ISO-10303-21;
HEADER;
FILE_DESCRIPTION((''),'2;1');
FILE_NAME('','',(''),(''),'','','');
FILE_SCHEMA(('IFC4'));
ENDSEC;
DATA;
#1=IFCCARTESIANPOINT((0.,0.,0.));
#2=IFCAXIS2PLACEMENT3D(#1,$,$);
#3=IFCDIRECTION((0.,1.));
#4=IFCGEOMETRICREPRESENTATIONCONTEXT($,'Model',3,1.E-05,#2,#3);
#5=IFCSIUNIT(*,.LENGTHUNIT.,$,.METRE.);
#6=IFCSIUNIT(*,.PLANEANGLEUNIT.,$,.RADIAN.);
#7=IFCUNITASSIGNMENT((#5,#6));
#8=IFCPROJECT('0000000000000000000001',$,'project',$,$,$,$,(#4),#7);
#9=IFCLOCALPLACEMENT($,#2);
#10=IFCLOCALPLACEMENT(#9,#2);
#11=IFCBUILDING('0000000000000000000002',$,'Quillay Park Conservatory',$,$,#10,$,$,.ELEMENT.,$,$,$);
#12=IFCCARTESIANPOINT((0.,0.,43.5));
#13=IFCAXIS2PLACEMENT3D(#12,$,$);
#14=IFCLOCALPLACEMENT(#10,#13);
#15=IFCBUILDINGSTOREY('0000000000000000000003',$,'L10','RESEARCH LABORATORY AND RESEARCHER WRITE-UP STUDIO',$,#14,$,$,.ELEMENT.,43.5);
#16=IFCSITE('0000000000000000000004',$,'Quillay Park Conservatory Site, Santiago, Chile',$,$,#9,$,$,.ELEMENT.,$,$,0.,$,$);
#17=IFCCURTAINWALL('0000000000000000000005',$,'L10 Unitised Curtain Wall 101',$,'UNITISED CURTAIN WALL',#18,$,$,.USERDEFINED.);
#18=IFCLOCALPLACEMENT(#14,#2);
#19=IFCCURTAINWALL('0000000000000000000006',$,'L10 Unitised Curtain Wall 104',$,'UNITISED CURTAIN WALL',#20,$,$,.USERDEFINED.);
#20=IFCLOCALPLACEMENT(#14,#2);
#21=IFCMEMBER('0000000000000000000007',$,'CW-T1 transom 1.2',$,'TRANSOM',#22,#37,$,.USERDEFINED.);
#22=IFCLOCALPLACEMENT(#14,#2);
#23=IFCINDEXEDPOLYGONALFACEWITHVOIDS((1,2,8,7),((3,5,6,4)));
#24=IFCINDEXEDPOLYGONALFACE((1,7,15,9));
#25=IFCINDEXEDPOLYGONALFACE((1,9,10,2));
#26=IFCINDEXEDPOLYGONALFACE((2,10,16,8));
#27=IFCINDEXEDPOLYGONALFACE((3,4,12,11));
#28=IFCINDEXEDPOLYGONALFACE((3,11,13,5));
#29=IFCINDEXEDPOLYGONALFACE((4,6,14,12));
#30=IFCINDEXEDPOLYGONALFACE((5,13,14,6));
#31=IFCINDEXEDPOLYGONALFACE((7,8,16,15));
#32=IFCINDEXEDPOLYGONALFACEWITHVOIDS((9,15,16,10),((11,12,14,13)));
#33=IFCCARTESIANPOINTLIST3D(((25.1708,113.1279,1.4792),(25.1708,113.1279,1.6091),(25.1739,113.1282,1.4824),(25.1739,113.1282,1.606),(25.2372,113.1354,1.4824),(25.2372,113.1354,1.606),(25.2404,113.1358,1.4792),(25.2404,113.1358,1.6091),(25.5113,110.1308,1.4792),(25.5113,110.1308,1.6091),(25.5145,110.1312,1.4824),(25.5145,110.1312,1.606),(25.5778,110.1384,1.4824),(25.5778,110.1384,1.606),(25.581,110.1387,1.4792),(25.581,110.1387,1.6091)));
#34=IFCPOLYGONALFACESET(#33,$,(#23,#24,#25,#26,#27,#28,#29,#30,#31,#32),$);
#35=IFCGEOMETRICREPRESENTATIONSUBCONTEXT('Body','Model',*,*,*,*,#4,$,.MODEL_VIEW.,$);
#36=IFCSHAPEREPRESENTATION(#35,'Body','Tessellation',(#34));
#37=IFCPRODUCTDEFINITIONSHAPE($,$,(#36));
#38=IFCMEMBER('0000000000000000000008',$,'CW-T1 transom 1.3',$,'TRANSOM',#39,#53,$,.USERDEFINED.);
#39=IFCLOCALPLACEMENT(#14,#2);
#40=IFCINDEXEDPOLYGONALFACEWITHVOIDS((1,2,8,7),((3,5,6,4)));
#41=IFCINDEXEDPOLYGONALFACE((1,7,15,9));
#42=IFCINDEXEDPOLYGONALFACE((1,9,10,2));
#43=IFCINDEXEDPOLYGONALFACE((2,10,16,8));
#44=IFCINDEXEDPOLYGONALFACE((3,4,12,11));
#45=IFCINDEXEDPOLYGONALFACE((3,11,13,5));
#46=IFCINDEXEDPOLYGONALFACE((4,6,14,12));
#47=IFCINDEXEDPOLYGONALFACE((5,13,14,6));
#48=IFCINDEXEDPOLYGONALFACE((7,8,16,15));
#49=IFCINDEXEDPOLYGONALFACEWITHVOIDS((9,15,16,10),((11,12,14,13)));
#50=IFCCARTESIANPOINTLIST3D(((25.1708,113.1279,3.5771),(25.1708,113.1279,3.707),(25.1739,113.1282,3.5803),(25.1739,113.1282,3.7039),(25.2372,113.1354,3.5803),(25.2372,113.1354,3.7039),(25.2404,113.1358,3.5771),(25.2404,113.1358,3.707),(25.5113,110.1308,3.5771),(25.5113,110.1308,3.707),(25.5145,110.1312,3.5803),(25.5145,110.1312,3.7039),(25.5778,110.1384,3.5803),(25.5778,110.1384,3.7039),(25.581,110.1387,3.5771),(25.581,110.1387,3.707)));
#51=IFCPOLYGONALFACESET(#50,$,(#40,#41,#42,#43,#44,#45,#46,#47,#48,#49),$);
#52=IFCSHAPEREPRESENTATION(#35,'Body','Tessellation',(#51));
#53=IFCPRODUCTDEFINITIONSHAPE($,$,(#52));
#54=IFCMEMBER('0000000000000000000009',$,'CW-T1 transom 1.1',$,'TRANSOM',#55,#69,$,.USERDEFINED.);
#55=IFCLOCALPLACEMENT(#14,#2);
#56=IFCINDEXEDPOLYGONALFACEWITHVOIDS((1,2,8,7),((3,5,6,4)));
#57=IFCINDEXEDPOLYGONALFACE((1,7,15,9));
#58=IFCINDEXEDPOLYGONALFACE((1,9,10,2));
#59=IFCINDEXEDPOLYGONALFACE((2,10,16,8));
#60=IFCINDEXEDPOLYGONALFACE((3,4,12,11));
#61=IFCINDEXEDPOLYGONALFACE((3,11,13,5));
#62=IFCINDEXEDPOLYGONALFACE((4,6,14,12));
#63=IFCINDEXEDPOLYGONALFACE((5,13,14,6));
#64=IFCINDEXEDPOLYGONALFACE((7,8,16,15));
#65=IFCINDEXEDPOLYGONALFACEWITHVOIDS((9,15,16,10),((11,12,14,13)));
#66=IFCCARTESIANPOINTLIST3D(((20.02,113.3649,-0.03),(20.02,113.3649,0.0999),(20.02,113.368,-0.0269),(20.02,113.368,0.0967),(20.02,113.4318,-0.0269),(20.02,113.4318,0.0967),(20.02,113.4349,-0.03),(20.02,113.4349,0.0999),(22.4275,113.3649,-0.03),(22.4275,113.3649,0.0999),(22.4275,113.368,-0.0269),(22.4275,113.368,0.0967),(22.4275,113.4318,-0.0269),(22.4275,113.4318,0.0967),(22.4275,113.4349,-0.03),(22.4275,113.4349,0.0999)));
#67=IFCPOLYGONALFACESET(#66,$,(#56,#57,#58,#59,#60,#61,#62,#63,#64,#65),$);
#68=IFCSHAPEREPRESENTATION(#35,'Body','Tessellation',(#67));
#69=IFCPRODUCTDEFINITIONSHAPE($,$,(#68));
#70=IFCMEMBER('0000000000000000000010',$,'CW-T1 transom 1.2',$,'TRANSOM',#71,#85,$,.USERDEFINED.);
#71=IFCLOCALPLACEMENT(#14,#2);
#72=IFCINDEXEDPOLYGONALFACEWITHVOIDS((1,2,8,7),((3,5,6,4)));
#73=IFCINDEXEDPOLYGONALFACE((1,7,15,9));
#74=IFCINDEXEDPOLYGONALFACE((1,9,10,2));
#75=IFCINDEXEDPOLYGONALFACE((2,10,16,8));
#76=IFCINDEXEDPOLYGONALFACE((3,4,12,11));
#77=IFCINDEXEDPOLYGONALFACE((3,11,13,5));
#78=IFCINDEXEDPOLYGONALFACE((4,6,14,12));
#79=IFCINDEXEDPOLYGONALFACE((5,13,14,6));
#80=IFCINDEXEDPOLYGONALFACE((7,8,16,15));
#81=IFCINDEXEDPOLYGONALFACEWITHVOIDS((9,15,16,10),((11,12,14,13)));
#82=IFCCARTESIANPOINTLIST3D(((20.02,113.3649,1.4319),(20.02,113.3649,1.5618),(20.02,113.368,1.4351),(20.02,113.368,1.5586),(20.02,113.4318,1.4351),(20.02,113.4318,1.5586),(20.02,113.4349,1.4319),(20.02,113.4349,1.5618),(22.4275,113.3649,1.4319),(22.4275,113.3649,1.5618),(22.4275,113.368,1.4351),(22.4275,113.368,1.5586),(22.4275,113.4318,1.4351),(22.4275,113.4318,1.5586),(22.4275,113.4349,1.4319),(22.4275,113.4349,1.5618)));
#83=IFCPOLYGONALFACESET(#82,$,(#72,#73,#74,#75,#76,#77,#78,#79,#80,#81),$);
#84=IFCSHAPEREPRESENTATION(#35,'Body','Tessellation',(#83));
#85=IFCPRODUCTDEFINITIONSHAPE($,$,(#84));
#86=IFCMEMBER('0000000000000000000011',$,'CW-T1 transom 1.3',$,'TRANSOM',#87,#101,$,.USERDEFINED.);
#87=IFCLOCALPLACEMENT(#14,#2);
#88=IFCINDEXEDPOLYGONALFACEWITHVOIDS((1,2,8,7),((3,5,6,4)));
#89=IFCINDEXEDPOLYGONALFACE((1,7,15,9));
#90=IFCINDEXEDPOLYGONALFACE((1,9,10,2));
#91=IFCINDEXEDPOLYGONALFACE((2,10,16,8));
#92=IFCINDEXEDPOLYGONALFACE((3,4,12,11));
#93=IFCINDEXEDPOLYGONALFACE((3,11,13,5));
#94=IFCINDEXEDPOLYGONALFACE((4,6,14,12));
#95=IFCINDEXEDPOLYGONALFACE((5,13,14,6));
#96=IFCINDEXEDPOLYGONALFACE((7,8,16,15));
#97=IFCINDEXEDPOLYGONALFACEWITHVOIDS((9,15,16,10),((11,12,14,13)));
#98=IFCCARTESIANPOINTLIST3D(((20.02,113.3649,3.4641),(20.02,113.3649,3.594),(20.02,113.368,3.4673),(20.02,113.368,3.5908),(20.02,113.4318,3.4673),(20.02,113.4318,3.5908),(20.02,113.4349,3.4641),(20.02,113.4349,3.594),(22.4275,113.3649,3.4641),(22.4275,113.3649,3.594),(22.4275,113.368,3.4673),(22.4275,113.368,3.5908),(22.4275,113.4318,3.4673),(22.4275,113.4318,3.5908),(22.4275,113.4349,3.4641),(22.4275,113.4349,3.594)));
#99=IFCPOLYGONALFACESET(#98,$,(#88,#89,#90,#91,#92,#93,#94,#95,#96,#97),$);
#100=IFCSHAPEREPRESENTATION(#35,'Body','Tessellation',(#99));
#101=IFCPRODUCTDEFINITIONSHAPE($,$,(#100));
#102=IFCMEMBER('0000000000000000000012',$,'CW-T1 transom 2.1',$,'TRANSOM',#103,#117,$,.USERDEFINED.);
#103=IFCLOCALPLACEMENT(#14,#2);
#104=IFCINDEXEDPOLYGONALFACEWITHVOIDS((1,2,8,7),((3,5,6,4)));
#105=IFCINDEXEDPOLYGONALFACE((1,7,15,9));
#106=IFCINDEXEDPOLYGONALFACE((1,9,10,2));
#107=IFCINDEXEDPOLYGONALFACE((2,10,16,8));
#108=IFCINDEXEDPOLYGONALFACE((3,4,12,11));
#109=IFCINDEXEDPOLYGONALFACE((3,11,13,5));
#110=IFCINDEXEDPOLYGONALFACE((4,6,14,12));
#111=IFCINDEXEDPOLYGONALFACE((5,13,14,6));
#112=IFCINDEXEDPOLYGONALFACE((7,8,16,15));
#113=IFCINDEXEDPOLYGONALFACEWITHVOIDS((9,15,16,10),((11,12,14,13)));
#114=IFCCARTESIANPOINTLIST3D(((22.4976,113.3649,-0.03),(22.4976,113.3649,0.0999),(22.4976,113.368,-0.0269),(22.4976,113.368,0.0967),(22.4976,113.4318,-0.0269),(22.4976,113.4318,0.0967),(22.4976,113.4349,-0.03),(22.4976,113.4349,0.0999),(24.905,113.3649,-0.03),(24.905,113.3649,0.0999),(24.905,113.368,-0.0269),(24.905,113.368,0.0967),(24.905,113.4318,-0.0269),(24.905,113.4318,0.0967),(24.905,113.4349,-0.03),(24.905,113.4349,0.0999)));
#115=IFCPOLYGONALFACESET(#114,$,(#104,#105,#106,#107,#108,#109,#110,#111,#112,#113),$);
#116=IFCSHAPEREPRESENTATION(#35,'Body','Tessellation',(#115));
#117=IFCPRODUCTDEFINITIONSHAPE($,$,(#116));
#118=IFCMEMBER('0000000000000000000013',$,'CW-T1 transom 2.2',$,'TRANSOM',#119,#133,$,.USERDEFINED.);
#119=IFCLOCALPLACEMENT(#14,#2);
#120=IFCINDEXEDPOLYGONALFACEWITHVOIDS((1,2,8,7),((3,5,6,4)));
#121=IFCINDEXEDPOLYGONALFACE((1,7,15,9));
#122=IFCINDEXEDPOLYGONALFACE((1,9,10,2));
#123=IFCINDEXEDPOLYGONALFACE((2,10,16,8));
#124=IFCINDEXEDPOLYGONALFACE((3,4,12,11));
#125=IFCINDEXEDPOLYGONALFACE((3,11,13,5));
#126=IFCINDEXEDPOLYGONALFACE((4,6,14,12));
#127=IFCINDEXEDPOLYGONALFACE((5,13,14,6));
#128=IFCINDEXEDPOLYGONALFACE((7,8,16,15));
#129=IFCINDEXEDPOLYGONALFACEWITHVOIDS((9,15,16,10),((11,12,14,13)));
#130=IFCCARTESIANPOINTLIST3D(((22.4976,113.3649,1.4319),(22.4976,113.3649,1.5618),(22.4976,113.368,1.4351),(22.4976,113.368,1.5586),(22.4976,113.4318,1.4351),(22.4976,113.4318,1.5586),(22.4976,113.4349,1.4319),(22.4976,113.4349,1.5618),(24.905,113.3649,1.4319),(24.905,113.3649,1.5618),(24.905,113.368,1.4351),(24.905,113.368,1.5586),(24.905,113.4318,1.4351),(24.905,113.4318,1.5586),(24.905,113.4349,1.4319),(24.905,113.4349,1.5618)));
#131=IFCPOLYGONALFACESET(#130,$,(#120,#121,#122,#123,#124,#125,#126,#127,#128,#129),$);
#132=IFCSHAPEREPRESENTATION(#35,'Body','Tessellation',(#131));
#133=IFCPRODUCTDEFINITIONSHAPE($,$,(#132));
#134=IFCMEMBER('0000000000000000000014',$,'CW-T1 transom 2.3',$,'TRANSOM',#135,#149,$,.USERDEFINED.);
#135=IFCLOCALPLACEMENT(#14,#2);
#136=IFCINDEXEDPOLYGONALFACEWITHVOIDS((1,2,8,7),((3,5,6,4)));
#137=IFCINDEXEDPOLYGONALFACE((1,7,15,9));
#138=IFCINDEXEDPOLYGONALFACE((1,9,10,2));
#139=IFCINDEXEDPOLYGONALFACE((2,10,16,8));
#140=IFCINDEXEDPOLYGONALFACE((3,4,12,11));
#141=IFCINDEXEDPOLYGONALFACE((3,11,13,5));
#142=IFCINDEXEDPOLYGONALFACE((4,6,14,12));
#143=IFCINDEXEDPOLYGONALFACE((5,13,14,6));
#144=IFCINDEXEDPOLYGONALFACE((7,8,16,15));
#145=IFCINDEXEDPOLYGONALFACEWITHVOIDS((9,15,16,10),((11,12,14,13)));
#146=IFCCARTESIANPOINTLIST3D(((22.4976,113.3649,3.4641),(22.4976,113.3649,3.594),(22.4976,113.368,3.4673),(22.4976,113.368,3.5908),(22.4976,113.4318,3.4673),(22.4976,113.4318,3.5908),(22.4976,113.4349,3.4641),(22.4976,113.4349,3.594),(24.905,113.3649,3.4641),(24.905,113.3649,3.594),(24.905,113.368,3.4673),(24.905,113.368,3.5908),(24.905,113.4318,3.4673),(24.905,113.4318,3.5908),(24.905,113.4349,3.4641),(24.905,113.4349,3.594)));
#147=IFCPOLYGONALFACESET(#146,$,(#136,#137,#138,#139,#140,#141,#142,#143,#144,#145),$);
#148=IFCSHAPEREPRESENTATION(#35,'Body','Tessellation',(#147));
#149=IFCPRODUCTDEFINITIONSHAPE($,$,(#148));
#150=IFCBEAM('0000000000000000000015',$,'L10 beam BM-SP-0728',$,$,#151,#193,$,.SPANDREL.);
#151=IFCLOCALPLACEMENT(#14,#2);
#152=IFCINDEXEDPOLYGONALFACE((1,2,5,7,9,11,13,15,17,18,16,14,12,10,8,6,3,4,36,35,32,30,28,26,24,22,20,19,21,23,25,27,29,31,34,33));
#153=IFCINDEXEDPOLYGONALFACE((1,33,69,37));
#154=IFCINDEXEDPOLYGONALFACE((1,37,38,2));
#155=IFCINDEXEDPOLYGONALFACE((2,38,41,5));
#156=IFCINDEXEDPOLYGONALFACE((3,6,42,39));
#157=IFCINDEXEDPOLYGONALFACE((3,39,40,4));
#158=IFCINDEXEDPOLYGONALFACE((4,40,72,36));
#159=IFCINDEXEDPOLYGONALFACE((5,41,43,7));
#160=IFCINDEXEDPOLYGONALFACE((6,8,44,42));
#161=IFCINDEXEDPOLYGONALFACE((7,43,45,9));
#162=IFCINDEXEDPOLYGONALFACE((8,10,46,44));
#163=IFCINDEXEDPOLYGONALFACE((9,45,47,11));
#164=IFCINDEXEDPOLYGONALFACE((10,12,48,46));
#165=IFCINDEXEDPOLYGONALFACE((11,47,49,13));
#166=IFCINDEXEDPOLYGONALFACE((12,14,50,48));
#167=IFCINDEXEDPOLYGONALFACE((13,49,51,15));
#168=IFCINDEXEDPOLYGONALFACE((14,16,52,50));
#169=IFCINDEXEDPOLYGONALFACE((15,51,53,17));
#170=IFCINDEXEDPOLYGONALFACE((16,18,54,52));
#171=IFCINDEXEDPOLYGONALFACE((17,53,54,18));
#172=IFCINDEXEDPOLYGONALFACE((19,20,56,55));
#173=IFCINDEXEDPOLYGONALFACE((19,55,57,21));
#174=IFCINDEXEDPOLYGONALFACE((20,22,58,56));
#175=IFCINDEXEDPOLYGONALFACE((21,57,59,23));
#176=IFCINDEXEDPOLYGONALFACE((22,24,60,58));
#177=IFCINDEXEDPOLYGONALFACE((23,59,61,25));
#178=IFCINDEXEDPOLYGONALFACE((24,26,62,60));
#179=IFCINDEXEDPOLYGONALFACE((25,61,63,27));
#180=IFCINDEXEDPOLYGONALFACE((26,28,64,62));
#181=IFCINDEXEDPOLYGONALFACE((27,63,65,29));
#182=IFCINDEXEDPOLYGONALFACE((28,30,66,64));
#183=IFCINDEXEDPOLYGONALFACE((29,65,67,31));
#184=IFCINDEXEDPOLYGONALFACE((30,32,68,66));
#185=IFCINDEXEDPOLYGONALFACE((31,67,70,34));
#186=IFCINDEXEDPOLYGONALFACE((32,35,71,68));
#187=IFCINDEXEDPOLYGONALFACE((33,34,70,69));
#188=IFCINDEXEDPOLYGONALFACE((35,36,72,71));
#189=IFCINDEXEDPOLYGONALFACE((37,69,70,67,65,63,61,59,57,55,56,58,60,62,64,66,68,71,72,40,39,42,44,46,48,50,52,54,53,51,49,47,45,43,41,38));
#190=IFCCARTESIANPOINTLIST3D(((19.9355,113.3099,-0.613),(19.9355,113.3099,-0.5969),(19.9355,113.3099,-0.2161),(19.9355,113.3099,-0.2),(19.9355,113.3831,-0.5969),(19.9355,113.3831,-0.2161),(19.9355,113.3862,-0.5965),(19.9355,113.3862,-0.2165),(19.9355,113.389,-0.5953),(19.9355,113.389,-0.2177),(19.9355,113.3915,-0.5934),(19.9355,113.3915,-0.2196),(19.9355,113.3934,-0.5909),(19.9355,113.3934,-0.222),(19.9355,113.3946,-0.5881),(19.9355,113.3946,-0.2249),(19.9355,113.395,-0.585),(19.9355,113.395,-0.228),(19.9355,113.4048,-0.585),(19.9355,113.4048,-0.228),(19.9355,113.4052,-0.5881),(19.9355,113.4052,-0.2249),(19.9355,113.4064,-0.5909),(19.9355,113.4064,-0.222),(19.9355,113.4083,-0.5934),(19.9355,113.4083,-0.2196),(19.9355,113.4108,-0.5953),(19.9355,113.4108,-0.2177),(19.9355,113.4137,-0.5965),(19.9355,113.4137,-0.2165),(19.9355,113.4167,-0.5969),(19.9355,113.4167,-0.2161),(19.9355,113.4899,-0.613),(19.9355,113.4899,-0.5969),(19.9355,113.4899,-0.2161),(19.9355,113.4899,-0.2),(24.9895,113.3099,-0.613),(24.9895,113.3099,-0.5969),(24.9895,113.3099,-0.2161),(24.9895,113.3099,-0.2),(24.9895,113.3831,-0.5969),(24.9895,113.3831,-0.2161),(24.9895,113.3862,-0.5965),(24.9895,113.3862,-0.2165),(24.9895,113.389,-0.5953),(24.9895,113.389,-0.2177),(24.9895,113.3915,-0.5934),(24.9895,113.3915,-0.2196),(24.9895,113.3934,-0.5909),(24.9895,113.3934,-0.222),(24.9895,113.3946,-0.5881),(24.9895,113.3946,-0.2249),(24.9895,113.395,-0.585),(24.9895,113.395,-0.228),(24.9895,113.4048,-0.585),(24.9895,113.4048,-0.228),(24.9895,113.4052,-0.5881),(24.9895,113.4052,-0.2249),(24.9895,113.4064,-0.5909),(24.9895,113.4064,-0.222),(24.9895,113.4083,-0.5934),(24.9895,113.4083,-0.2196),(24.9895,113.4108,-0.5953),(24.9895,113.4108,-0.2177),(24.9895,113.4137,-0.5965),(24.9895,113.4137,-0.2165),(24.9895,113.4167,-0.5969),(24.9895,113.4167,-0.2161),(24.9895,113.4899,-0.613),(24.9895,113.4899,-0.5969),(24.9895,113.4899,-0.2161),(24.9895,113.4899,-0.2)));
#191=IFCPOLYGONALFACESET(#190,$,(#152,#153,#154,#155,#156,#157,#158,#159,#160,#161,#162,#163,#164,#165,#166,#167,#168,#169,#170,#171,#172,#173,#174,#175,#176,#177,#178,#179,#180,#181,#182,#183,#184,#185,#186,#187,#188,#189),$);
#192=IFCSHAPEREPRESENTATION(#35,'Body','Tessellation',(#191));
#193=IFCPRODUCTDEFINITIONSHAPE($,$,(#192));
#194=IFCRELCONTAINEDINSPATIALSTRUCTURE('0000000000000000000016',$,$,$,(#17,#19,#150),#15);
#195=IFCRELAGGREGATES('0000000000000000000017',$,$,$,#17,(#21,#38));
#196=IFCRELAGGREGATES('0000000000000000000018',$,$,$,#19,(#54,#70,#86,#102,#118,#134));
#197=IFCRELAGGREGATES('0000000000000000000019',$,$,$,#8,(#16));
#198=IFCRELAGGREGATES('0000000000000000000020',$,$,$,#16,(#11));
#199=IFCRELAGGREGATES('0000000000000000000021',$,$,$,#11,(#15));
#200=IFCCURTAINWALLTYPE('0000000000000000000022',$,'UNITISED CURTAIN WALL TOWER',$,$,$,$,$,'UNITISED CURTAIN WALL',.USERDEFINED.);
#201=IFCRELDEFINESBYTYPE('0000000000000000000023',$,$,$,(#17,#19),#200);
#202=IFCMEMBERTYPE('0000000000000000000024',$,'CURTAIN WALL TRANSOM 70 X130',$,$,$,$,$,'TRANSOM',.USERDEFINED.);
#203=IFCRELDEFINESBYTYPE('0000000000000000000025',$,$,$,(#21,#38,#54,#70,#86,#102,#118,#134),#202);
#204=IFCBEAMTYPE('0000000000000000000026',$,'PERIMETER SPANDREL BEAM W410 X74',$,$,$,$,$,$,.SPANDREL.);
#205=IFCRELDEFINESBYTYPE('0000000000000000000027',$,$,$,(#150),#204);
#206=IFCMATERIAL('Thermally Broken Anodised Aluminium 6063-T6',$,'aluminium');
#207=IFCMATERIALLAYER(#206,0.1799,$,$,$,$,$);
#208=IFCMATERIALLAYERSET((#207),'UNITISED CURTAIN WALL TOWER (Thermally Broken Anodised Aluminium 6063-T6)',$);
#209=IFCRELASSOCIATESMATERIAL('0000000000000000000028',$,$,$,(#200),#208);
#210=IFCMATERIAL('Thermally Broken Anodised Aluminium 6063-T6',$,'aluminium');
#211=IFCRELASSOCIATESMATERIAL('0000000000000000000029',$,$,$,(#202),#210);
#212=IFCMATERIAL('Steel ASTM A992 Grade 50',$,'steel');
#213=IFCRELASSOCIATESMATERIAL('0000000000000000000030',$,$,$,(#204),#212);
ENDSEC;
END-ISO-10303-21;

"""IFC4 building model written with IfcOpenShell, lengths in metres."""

from ifc_helpers import new_model, si_unit, direction, frame, origin, origin_2d, place, context, subcontext, project, spatial, hollow_rectangle, i_section, extrude, material, layer, layer_set, material_profile, profile_set, type_object, element, aggregate, save


model = new_model("IFC4")

# Units and contexts
model_context = context("Model", 3, precision=1e-05, world=origin(), true_north=direction((0.0, 1.0)))
body_context = subcontext(model_context, "Body", "Model", "MODEL_VIEW")
ifc_project = project(units=[si_unit("LENGTHUNIT", "METRE"), si_unit("PLANEANGLEUNIT", "RADIAN")], contexts=[model_context])

# Site, building, storey
site_placement = place(None, origin())
site = spatial("IfcSite", under=ifc_project, at=site_placement, Name="Quillay Park Conservatory Site, Santiago, Chile", CompositionType="ELEMENT", RefElevation=0.0)
building_placement = place(site_placement, origin())
building = spatial("IfcBuilding", under=site, at=building_placement, Name="Quillay Park Conservatory", CompositionType="ELEMENT")
storey_placement = place(building_placement, frame((0.0, 0.0, 43.5)))
storey = spatial("IfcBuildingStorey", under=building, at=storey_placement, Name="L10", Description="RESEARCH LABORATORY AND RESEARCHER WRITE-UP STUDIO", CompositionType="ELEMENT", Elevation=43.5)

# Curtain wall
ifc_material_1 = material(Name="Thermally Broken Anodised Aluminium 6063-T6", Category="aluminium")
ifc_layer_1 = layer(ifc_material_1, 0.1799)
ifc_layer_set_1 = layer_set([ifc_layer_1], Name="UNITISED CURTAIN WALL TOWER (Thermally Broken Anodised Aluminium 6063-T6)")
curtain_wall_type = type_object("IfcCurtainWallType", Name="UNITISED CURTAIN WALL TOWER", ElementType="UNITISED CURTAIN WALL", PredefinedType="USERDEFINED", material=ifc_layer_set_1)
curtain_wall_1_placement = place(storey_placement, origin())
curtain_wall_1 = element("IfcCurtainWall", 1, at=curtain_wall_1_placement, inside=storey, type_object=curtain_wall_type, Name="L10 Unitised Curtain Wall 101", ObjectType="UNITISED CURTAIN WALL", PredefinedType="USERDEFINED")

# Curtain wall
curtain_wall_2_placement = place(storey_placement, origin())
curtain_wall_2 = element("IfcCurtainWall", 2, at=curtain_wall_2_placement, inside=storey, type_object=curtain_wall_type, Name="L10 Unitised Curtain Wall 104", ObjectType="UNITISED CURTAIN WALL", PredefinedType="USERDEFINED")

# Members
ifc_material_2 = material(Name="Thermally Broken Anodised Aluminium 6063-T6", Category="aluminium")
ifc_material_profile_1 = material_profile(ifc_material_2, hollow_rectangle(XDim=0.0701, YDim=0.1299, WallThickness=0.0032, at=origin_2d()), Name="AL70x130x3.2")
ifc_profile_set_1 = profile_set([ifc_material_profile_1], Name="Thermally Broken Anodised Aluminium 6063-T6")
member_type_1 = type_object("IfcMemberType", Name="CURTAIN WALL TRANSOM 70 X130", ElementType="TRANSOM", PredefinedType="USERDEFINED", material=ifc_profile_set_1)
member_1_placement = place(storey_placement, frame((25.2056, 113.1318, 1.5442), z_axis=(0.11291, -0.993605, 0.0), x_axis=(0.993605, 0.11291, 0.0)))
member_1 = element("IfcMember", 3, at=member_1_placement, type_object=member_type_1, Name="CW-T1 transom 1.2", ObjectType="TRANSOM", PredefinedType="USERDEFINED", context=body_context, shape_type="SweptSolid", body=[
    extrude(hollow_rectangle(XDim=0.0701, YDim=0.1299, WallThickness=0.0032, at=origin_2d()), origin(), (0.0, 0.0, 1.0), 3.0164),
])
member_2_placement = place(storey_placement, frame((25.2056, 113.1318, 3.6421), z_axis=(0.11291, -0.993605, 0.0), x_axis=(0.993605, 0.11291, 0.0)))
member_2 = element("IfcMember", 4, at=member_2_placement, type_object=member_type_1, Name="CW-T1 transom 1.3", ObjectType="TRANSOM", PredefinedType="USERDEFINED", context=body_context, shape_type="SweptSolid", body=[
    extrude(hollow_rectangle(XDim=0.0701, YDim=0.1299, WallThickness=0.0032, at=origin_2d()), origin(), (0.0, 0.0, 1.0), 3.0164),
])
aggregate(curtain_wall_1, [member_1, member_2])
member_3_placement = place(storey_placement, frame((20.02, 113.3999, 0.0349), z_axis=(1.0, 0.0, 0.0), x_axis=(0.0, 1.0, 0.0)))
member_3 = element("IfcMember", 5, at=member_3_placement, type_object=member_type_1, Name="CW-T1 transom 1.1", ObjectType="TRANSOM", PredefinedType="USERDEFINED", context=body_context, shape_type="SweptSolid", body=[
    extrude(hollow_rectangle(XDim=0.0701, YDim=0.1299, WallThickness=0.0032, at=origin_2d()), origin(), (0.0, 0.0, 1.0), 2.4075),
])
member_4_placement = place(storey_placement, frame((20.02, 113.3999, 1.4968), z_axis=(1.0, 0.0, 0.0), x_axis=(0.0, 1.0, 0.0)))
member_4 = element("IfcMember", 6, at=member_4_placement, type_object=member_type_1, Name="CW-T1 transom 1.2", ObjectType="TRANSOM", PredefinedType="USERDEFINED", context=body_context, shape_type="SweptSolid", body=[
    extrude(hollow_rectangle(XDim=0.0701, YDim=0.1299, WallThickness=0.0032, at=origin_2d()), origin(), (0.0, 0.0, 1.0), 2.4075),
])
member_5_placement = place(storey_placement, frame((20.02, 113.3999, 3.5291), z_axis=(1.0, 0.0, 0.0), x_axis=(0.0, 1.0, 0.0)))
member_5 = element("IfcMember", 7, at=member_5_placement, type_object=member_type_1, Name="CW-T1 transom 1.3", ObjectType="TRANSOM", PredefinedType="USERDEFINED", context=body_context, shape_type="SweptSolid", body=[
    extrude(hollow_rectangle(XDim=0.0701, YDim=0.1299, WallThickness=0.0032, at=origin_2d()), origin(), (0.0, 0.0, 1.0), 2.4075),
])
member_6_placement = place(storey_placement, frame((22.4976, 113.3999, 0.0349), z_axis=(1.0, 0.0, 0.0), x_axis=(0.0, 1.0, 0.0)))
member_6 = element("IfcMember", 8, at=member_6_placement, type_object=member_type_1, Name="CW-T1 transom 2.1", ObjectType="TRANSOM", PredefinedType="USERDEFINED", context=body_context, shape_type="SweptSolid", body=[
    extrude(hollow_rectangle(XDim=0.0701, YDim=0.1299, WallThickness=0.0032, at=origin_2d()), origin(), (0.0, 0.0, 1.0), 2.4075),
])
member_7_placement = place(storey_placement, frame((22.4976, 113.3999, 1.4968), z_axis=(1.0, 0.0, 0.0), x_axis=(0.0, 1.0, 0.0)))
member_7 = element("IfcMember", 9, at=member_7_placement, type_object=member_type_1, Name="CW-T1 transom 2.2", ObjectType="TRANSOM", PredefinedType="USERDEFINED", context=body_context, shape_type="SweptSolid", body=[
    extrude(hollow_rectangle(XDim=0.0701, YDim=0.1299, WallThickness=0.0032, at=origin_2d()), origin(), (0.0, 0.0, 1.0), 2.4075),
])
member_8_placement = place(storey_placement, frame((22.4976, 113.3999, 3.5291), z_axis=(1.0, 0.0, 0.0), x_axis=(0.0, 1.0, 0.0)))
member_8 = element("IfcMember", 10, at=member_8_placement, type_object=member_type_1, Name="CW-T1 transom 2.3", ObjectType="TRANSOM", PredefinedType="USERDEFINED", context=body_context, shape_type="SweptSolid", body=[
    extrude(hollow_rectangle(XDim=0.0701, YDim=0.1299, WallThickness=0.0032, at=origin_2d()), origin(), (0.0, 0.0, 1.0), 2.4075),
])

# Beam
ifc_material_3 = material(Name="Steel ASTM A992 Grade 50", Category="steel")
ifc_material_profile_2 = material_profile(ifc_material_3, i_section(OverallWidth=0.1799, OverallDepth=0.4131, WebThickness=0.0098, FlangeThickness=0.0161, FilletRadius=0.012, at=origin_2d()), Name="W410x74")
ifc_profile_set_2 = profile_set([ifc_material_profile_2], Name="Steel ASTM A992 Grade 50")
beam_type = type_object("IfcBeamType", Name="PERIMETER SPANDREL BEAM W410 X74", PredefinedType="SPANDREL", material=ifc_profile_set_2)
beam_placement = place(storey_placement, frame((19.9355, 113.3999, -0.4065), z_axis=(1.0, 0.0, 0.0), x_axis=(0.0, 1.0, 0.0)))
element("IfcBeam", 11, at=beam_placement, inside=storey, type_object=beam_type, Name="L10 beam BM-SP-0728", PredefinedType="SPANDREL", context=body_context, shape_type="SweptSolid", body=[
    extrude(i_section(OverallWidth=0.1799, OverallDepth=0.4131, WebThickness=0.0098, FlangeThickness=0.0161, FilletRadius=0.012, at=origin_2d()), origin(), (0.0, 0.0, 1.0), 5.054),
])

aggregate(curtain_wall_2, [member_3, member_4, member_5, member_6, member_7, member_8])

save(model, "model.ifc")
